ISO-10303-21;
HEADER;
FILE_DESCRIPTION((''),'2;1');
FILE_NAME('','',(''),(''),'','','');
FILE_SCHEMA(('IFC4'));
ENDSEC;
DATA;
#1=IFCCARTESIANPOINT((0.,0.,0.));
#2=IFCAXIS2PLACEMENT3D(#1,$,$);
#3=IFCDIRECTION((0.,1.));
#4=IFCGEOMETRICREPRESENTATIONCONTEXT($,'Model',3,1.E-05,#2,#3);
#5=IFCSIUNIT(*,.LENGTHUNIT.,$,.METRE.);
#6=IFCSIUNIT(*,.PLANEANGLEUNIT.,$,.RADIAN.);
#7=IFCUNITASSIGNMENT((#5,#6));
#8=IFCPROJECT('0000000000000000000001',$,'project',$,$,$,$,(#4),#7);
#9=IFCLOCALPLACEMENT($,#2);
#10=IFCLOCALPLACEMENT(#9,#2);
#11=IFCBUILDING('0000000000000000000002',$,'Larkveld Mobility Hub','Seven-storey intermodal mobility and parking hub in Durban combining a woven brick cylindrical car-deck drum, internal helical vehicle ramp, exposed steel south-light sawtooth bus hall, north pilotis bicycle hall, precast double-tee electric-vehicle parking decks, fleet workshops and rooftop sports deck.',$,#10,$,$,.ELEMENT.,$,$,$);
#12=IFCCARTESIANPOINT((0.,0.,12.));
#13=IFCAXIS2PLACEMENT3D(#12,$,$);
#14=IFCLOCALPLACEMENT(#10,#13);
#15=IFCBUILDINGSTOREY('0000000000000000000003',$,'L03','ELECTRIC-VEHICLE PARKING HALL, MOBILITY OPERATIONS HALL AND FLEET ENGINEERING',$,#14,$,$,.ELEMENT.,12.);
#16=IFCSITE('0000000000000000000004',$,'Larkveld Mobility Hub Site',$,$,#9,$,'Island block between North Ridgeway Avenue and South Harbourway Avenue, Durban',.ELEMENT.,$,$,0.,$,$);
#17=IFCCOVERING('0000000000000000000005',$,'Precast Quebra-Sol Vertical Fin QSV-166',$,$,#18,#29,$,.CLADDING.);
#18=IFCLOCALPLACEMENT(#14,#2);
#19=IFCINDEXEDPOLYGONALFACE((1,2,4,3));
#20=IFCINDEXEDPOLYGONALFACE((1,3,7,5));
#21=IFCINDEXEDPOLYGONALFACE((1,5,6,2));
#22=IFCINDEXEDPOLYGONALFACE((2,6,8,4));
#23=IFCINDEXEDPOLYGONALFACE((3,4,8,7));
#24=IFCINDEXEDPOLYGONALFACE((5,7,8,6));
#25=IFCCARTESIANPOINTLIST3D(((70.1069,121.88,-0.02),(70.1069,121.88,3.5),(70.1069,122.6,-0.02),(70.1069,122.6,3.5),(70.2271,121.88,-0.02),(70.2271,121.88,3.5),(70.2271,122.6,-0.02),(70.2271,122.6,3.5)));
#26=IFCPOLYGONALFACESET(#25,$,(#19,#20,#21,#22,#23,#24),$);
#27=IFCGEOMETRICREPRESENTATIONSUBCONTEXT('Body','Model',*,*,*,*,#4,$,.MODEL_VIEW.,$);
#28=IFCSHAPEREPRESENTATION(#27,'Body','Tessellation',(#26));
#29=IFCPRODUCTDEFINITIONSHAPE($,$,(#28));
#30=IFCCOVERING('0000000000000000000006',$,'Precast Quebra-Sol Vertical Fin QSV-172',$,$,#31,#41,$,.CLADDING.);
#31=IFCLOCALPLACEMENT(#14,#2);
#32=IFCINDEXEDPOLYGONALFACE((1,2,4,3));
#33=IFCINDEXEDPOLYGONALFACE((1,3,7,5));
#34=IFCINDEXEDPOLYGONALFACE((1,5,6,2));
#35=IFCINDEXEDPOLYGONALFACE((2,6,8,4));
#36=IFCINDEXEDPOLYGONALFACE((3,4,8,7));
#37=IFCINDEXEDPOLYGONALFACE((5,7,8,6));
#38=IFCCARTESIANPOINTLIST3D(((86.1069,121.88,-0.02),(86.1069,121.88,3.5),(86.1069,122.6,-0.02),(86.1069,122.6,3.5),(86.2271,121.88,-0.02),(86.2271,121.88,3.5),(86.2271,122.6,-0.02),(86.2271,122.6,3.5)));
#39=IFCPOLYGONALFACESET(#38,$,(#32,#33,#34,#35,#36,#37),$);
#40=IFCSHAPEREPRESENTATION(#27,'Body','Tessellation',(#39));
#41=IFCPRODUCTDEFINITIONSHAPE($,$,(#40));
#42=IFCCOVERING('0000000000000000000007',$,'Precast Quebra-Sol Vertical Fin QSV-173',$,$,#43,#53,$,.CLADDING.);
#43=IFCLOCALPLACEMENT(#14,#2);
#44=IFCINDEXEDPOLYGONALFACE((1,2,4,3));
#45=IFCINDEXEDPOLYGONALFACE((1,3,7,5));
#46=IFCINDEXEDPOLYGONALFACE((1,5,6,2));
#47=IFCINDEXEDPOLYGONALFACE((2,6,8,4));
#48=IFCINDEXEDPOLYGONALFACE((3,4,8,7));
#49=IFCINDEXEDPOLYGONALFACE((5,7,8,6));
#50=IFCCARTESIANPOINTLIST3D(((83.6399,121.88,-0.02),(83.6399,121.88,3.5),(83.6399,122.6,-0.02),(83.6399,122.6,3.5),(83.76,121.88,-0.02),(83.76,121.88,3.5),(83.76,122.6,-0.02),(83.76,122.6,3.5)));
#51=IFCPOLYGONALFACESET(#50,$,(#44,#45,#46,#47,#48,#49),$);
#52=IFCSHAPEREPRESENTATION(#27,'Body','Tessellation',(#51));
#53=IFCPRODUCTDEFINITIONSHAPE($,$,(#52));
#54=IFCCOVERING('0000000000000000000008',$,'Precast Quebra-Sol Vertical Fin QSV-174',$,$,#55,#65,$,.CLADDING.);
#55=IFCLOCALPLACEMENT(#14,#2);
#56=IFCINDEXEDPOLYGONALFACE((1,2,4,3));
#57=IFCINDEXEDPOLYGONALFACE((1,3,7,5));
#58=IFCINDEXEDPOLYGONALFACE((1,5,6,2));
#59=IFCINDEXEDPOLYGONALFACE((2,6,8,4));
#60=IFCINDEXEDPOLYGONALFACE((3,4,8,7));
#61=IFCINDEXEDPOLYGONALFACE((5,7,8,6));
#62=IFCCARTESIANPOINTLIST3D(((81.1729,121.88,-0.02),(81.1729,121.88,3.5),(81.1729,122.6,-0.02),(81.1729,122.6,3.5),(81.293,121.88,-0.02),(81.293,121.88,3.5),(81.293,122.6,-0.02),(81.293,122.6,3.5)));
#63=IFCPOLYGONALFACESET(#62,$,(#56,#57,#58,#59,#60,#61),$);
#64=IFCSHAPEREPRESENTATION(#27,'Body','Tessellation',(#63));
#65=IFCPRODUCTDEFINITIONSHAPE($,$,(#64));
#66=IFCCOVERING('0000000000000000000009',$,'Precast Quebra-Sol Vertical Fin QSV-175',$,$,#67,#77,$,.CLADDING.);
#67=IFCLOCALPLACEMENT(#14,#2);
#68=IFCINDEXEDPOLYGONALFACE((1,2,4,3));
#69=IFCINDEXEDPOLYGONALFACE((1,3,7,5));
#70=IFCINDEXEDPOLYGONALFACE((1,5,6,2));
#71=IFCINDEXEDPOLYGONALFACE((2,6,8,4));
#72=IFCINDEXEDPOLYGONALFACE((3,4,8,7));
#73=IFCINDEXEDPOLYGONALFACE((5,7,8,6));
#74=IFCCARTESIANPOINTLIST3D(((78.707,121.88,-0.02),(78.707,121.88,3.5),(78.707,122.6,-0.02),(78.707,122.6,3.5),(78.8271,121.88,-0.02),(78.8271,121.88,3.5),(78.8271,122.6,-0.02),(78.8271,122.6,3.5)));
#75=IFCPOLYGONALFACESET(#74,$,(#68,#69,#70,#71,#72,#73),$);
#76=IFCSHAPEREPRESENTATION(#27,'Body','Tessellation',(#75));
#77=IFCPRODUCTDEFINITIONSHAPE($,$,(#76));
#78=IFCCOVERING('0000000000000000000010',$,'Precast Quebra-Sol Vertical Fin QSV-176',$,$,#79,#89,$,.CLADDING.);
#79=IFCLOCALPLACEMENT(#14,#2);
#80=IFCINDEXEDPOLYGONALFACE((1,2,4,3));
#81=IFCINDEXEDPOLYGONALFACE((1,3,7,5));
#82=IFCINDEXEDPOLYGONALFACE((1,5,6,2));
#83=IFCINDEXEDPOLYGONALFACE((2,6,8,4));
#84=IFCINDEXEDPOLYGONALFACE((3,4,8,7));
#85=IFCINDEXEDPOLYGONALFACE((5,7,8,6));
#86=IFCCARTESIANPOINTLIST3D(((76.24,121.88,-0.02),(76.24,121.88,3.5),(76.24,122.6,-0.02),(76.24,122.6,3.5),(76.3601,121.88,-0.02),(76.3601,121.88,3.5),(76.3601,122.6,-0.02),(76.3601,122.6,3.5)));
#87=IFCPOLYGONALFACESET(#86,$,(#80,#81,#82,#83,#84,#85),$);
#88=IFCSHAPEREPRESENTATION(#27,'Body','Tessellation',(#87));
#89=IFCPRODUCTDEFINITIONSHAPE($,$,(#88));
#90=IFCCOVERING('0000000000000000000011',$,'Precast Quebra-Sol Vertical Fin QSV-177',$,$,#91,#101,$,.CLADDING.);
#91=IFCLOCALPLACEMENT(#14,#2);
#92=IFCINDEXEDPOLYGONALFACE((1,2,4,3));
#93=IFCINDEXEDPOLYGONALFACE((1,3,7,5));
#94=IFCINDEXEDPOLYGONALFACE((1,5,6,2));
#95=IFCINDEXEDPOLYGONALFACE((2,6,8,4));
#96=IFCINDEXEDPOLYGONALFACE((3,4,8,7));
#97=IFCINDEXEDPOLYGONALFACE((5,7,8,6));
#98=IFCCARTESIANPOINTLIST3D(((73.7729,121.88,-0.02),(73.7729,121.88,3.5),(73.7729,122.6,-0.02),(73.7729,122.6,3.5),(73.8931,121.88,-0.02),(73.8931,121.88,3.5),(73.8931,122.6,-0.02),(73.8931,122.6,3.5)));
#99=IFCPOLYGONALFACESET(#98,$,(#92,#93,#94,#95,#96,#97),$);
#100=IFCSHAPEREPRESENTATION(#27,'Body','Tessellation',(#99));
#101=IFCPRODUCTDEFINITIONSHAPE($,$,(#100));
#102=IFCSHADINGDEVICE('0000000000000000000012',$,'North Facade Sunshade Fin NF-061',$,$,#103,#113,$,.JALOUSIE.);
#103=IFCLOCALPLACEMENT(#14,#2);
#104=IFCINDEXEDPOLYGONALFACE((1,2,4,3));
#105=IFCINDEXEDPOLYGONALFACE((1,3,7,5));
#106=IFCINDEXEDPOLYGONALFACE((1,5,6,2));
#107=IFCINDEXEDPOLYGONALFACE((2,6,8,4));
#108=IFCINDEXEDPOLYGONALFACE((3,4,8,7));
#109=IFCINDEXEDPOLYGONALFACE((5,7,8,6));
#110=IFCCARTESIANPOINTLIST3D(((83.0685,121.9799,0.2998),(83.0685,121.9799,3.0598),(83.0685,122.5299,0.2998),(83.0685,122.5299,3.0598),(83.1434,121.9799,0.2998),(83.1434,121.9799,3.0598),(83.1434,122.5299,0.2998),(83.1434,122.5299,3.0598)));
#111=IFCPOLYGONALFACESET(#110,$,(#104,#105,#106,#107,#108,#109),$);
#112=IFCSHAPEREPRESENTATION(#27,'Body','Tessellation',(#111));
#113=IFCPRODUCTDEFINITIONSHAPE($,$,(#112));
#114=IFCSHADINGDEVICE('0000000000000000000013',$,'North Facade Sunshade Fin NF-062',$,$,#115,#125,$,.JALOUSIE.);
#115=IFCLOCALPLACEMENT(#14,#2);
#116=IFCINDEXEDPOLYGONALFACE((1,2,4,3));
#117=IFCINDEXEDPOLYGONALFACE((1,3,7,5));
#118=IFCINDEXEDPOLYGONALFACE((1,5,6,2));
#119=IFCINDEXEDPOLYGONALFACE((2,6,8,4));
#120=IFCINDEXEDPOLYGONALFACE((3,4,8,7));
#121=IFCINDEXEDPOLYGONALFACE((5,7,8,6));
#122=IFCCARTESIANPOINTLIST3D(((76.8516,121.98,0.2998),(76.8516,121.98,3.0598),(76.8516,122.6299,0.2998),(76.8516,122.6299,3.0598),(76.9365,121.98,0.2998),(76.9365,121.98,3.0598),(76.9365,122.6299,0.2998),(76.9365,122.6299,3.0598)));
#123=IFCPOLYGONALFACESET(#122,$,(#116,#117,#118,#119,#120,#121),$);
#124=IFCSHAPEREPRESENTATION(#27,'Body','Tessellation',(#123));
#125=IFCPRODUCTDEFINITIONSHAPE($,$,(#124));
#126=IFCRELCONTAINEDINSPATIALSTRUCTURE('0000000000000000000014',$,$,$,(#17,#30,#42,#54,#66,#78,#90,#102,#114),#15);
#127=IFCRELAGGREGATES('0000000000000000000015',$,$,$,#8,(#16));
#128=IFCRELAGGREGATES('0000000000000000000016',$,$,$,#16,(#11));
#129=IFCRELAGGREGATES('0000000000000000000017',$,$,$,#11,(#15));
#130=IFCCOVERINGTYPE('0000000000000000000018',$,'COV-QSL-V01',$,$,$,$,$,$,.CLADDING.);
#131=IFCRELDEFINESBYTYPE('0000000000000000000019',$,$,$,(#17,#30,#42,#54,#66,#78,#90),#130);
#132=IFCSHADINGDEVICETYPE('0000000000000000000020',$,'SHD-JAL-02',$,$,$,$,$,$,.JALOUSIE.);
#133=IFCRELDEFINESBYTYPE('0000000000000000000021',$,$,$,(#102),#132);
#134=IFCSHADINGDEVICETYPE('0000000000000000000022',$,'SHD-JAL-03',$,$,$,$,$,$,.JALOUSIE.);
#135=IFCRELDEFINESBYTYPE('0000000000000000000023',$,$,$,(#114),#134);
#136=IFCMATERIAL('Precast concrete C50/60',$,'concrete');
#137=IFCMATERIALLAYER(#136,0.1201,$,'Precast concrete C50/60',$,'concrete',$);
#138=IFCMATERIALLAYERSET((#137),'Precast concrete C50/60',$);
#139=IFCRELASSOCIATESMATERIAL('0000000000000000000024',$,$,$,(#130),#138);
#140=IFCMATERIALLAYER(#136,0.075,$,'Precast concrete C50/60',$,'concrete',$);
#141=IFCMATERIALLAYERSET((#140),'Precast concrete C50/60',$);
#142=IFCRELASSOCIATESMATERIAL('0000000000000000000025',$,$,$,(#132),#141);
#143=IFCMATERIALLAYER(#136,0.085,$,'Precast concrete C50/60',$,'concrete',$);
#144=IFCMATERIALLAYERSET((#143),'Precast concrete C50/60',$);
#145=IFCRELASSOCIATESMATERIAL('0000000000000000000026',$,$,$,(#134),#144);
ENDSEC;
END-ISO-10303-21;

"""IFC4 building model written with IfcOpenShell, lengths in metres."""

from ifc_helpers import new_model, si_unit, direction, frame, origin, origin_2d, place, context, subcontext, project, spatial, rectangle, extrude, material, layer, layer_set, type_object, element, save


model = new_model("IFC4")

# Units and contexts
model_context = context("Model", 3, precision=1e-05, world=origin(), true_north=direction((0.0, 1.0)))
body_context = subcontext(model_context, "Body", "Model", "MODEL_VIEW")
ifc_project = project(units=[si_unit("LENGTHUNIT", "METRE"), si_unit("PLANEANGLEUNIT", "RADIAN")], contexts=[model_context])

# Site, building, storey
site_placement = place(None, origin())
site = spatial("IfcSite", under=ifc_project, at=site_placement, Name="Larkveld Mobility Hub Site", LongName="Island block between North Ridgeway Avenue and South Harbourway Avenue, Durban", CompositionType="ELEMENT", RefElevation=0.0)
building_placement = place(site_placement, origin())
building = spatial("IfcBuilding", under=site, at=building_placement, Name="Larkveld Mobility Hub", Description="Seven-storey intermodal mobility and parking hub in Durban combining a woven brick cylindrical car-deck drum, internal helical vehicle ramp, exposed steel south-light sawtooth bus hall, north pilotis bicycle hall, precast double-tee electric-vehicle parking decks, fleet workshops and rooftop sports deck.", CompositionType="ELEMENT")
storey_placement = place(building_placement, frame((0.0, 0.0, 12.0)))
storey = spatial("IfcBuildingStorey", under=building, at=storey_placement, Name="L03", Description="ELECTRIC-VEHICLE PARKING HALL, MOBILITY OPERATIONS HALL AND FLEET ENGINEERING", CompositionType="ELEMENT", Elevation=12.0)

# Coverings
ifc_material_1 = material(Name="Precast concrete C50/60", Category="concrete")
ifc_layer_1 = layer(ifc_material_1, 0.1201, Name="Precast concrete C50/60", Category="concrete")
ifc_layer_set_1 = layer_set([ifc_layer_1], Name="Precast concrete C50/60")
covering_type = type_object("IfcCoveringType", Name="COV-QSL-V01", PredefinedType="CLADDING", material=ifc_layer_set_1)
for number, where, z_axis, x_axis, name in (
    (1, (70.167, 122.24, -0.02), (0.0, 0.0, 1.0), (-1.0, 0.0, 0.0), "Precast Quebra-Sol Vertical Fin QSV-166"),
    (2, (86.167, 122.24, -0.02), (0.0, 0.0, 1.0), (-1.0, 0.0, 0.0), "Precast Quebra-Sol Vertical Fin QSV-172"),
    (3, (83.7, 122.24, -0.02), (0.0, 0.0, 1.0), (-1.0, 0.0, 0.0), "Precast Quebra-Sol Vertical Fin QSV-173"),
    (4, (81.2329, 122.24, -0.02), (0.0, 0.0, 1.0), (-1.0, 0.0, 0.0), "Precast Quebra-Sol Vertical Fin QSV-174"),
    (5, (78.7671, 122.24, -0.02), (0.0, 0.0, 1.0), (-1.0, 0.0, 0.0), "Precast Quebra-Sol Vertical Fin QSV-175"),
    (6, (76.3, 122.24, -0.02), (0.0, 0.0, 1.0), (-1.0, 0.0, 0.0), "Precast Quebra-Sol Vertical Fin QSV-176"),
    (7, (73.833, 122.24, -0.02), (0.0, 0.0, 1.0), (-1.0, 0.0, 0.0), "Precast Quebra-Sol Vertical Fin QSV-177"),
):
    element("IfcCovering", number, at=place(storey_placement, frame(where, z_axis=z_axis, x_axis=x_axis)), inside=storey, type_object=covering_type, Name=name, PredefinedType="CLADDING", context=body_context, shape_type="SweptSolid", body=[
        extrude(rectangle(XDim=0.1201, YDim=0.72, at=origin_2d()), origin(), (0.0, 0.0, 1.0), 3.52),
    ])

# Shading devices
ifc_layer_2 = layer(ifc_material_1, 0.075, Name="Precast concrete C50/60", Category="concrete")
ifc_layer_set_2 = layer_set([ifc_layer_2], Name="Precast concrete C50/60")
shading_device_type_1 = type_object("IfcShadingDeviceType", Name="SHD-JAL-02", PredefinedType="JALOUSIE", material=ifc_layer_set_2)
shading_device_1_placement = place(storey_placement, frame((83.106, 122.2549, 0.2998), z_axis=(0.0, 0.0, 1.0), x_axis=(1.0, 0.0, 0.0)))
element("IfcShadingDevice", 8, at=shading_device_1_placement, inside=storey, type_object=shading_device_type_1, Name="North Facade Sunshade Fin NF-061", PredefinedType="JALOUSIE", context=body_context, shape_type="SweptSolid", body=[
    extrude(rectangle(XDim=0.075, YDim=0.55, at=origin_2d()), origin(), (0.0, 0.0, 1.0), 2.76),
])
ifc_layer_3 = layer(ifc_material_1, 0.085, Name="Precast concrete C50/60", Category="concrete")
ifc_layer_set_3 = layer_set([ifc_layer_3], Name="Precast concrete C50/60")
shading_device_type_2 = type_object("IfcShadingDeviceType", Name="SHD-JAL-03", PredefinedType="JALOUSIE", material=ifc_layer_set_3)
shading_device_2_placement = place(storey_placement, frame((76.894, 122.3049, 0.2998), z_axis=(0.0, 0.0, 1.0), x_axis=(1.0, 0.0, 0.0)))
element("IfcShadingDevice", 9, at=shading_device_2_placement, inside=storey, type_object=shading_device_type_2, Name="North Facade Sunshade Fin NF-062", PredefinedType="JALOUSIE", context=body_context, shape_type="SweptSolid", body=[
    extrude(rectangle(XDim=0.085, YDim=0.6499, at=origin_2d()), origin(), (0.0, 0.0, 1.0), 2.76),
])

save(model, "model.ifc")
